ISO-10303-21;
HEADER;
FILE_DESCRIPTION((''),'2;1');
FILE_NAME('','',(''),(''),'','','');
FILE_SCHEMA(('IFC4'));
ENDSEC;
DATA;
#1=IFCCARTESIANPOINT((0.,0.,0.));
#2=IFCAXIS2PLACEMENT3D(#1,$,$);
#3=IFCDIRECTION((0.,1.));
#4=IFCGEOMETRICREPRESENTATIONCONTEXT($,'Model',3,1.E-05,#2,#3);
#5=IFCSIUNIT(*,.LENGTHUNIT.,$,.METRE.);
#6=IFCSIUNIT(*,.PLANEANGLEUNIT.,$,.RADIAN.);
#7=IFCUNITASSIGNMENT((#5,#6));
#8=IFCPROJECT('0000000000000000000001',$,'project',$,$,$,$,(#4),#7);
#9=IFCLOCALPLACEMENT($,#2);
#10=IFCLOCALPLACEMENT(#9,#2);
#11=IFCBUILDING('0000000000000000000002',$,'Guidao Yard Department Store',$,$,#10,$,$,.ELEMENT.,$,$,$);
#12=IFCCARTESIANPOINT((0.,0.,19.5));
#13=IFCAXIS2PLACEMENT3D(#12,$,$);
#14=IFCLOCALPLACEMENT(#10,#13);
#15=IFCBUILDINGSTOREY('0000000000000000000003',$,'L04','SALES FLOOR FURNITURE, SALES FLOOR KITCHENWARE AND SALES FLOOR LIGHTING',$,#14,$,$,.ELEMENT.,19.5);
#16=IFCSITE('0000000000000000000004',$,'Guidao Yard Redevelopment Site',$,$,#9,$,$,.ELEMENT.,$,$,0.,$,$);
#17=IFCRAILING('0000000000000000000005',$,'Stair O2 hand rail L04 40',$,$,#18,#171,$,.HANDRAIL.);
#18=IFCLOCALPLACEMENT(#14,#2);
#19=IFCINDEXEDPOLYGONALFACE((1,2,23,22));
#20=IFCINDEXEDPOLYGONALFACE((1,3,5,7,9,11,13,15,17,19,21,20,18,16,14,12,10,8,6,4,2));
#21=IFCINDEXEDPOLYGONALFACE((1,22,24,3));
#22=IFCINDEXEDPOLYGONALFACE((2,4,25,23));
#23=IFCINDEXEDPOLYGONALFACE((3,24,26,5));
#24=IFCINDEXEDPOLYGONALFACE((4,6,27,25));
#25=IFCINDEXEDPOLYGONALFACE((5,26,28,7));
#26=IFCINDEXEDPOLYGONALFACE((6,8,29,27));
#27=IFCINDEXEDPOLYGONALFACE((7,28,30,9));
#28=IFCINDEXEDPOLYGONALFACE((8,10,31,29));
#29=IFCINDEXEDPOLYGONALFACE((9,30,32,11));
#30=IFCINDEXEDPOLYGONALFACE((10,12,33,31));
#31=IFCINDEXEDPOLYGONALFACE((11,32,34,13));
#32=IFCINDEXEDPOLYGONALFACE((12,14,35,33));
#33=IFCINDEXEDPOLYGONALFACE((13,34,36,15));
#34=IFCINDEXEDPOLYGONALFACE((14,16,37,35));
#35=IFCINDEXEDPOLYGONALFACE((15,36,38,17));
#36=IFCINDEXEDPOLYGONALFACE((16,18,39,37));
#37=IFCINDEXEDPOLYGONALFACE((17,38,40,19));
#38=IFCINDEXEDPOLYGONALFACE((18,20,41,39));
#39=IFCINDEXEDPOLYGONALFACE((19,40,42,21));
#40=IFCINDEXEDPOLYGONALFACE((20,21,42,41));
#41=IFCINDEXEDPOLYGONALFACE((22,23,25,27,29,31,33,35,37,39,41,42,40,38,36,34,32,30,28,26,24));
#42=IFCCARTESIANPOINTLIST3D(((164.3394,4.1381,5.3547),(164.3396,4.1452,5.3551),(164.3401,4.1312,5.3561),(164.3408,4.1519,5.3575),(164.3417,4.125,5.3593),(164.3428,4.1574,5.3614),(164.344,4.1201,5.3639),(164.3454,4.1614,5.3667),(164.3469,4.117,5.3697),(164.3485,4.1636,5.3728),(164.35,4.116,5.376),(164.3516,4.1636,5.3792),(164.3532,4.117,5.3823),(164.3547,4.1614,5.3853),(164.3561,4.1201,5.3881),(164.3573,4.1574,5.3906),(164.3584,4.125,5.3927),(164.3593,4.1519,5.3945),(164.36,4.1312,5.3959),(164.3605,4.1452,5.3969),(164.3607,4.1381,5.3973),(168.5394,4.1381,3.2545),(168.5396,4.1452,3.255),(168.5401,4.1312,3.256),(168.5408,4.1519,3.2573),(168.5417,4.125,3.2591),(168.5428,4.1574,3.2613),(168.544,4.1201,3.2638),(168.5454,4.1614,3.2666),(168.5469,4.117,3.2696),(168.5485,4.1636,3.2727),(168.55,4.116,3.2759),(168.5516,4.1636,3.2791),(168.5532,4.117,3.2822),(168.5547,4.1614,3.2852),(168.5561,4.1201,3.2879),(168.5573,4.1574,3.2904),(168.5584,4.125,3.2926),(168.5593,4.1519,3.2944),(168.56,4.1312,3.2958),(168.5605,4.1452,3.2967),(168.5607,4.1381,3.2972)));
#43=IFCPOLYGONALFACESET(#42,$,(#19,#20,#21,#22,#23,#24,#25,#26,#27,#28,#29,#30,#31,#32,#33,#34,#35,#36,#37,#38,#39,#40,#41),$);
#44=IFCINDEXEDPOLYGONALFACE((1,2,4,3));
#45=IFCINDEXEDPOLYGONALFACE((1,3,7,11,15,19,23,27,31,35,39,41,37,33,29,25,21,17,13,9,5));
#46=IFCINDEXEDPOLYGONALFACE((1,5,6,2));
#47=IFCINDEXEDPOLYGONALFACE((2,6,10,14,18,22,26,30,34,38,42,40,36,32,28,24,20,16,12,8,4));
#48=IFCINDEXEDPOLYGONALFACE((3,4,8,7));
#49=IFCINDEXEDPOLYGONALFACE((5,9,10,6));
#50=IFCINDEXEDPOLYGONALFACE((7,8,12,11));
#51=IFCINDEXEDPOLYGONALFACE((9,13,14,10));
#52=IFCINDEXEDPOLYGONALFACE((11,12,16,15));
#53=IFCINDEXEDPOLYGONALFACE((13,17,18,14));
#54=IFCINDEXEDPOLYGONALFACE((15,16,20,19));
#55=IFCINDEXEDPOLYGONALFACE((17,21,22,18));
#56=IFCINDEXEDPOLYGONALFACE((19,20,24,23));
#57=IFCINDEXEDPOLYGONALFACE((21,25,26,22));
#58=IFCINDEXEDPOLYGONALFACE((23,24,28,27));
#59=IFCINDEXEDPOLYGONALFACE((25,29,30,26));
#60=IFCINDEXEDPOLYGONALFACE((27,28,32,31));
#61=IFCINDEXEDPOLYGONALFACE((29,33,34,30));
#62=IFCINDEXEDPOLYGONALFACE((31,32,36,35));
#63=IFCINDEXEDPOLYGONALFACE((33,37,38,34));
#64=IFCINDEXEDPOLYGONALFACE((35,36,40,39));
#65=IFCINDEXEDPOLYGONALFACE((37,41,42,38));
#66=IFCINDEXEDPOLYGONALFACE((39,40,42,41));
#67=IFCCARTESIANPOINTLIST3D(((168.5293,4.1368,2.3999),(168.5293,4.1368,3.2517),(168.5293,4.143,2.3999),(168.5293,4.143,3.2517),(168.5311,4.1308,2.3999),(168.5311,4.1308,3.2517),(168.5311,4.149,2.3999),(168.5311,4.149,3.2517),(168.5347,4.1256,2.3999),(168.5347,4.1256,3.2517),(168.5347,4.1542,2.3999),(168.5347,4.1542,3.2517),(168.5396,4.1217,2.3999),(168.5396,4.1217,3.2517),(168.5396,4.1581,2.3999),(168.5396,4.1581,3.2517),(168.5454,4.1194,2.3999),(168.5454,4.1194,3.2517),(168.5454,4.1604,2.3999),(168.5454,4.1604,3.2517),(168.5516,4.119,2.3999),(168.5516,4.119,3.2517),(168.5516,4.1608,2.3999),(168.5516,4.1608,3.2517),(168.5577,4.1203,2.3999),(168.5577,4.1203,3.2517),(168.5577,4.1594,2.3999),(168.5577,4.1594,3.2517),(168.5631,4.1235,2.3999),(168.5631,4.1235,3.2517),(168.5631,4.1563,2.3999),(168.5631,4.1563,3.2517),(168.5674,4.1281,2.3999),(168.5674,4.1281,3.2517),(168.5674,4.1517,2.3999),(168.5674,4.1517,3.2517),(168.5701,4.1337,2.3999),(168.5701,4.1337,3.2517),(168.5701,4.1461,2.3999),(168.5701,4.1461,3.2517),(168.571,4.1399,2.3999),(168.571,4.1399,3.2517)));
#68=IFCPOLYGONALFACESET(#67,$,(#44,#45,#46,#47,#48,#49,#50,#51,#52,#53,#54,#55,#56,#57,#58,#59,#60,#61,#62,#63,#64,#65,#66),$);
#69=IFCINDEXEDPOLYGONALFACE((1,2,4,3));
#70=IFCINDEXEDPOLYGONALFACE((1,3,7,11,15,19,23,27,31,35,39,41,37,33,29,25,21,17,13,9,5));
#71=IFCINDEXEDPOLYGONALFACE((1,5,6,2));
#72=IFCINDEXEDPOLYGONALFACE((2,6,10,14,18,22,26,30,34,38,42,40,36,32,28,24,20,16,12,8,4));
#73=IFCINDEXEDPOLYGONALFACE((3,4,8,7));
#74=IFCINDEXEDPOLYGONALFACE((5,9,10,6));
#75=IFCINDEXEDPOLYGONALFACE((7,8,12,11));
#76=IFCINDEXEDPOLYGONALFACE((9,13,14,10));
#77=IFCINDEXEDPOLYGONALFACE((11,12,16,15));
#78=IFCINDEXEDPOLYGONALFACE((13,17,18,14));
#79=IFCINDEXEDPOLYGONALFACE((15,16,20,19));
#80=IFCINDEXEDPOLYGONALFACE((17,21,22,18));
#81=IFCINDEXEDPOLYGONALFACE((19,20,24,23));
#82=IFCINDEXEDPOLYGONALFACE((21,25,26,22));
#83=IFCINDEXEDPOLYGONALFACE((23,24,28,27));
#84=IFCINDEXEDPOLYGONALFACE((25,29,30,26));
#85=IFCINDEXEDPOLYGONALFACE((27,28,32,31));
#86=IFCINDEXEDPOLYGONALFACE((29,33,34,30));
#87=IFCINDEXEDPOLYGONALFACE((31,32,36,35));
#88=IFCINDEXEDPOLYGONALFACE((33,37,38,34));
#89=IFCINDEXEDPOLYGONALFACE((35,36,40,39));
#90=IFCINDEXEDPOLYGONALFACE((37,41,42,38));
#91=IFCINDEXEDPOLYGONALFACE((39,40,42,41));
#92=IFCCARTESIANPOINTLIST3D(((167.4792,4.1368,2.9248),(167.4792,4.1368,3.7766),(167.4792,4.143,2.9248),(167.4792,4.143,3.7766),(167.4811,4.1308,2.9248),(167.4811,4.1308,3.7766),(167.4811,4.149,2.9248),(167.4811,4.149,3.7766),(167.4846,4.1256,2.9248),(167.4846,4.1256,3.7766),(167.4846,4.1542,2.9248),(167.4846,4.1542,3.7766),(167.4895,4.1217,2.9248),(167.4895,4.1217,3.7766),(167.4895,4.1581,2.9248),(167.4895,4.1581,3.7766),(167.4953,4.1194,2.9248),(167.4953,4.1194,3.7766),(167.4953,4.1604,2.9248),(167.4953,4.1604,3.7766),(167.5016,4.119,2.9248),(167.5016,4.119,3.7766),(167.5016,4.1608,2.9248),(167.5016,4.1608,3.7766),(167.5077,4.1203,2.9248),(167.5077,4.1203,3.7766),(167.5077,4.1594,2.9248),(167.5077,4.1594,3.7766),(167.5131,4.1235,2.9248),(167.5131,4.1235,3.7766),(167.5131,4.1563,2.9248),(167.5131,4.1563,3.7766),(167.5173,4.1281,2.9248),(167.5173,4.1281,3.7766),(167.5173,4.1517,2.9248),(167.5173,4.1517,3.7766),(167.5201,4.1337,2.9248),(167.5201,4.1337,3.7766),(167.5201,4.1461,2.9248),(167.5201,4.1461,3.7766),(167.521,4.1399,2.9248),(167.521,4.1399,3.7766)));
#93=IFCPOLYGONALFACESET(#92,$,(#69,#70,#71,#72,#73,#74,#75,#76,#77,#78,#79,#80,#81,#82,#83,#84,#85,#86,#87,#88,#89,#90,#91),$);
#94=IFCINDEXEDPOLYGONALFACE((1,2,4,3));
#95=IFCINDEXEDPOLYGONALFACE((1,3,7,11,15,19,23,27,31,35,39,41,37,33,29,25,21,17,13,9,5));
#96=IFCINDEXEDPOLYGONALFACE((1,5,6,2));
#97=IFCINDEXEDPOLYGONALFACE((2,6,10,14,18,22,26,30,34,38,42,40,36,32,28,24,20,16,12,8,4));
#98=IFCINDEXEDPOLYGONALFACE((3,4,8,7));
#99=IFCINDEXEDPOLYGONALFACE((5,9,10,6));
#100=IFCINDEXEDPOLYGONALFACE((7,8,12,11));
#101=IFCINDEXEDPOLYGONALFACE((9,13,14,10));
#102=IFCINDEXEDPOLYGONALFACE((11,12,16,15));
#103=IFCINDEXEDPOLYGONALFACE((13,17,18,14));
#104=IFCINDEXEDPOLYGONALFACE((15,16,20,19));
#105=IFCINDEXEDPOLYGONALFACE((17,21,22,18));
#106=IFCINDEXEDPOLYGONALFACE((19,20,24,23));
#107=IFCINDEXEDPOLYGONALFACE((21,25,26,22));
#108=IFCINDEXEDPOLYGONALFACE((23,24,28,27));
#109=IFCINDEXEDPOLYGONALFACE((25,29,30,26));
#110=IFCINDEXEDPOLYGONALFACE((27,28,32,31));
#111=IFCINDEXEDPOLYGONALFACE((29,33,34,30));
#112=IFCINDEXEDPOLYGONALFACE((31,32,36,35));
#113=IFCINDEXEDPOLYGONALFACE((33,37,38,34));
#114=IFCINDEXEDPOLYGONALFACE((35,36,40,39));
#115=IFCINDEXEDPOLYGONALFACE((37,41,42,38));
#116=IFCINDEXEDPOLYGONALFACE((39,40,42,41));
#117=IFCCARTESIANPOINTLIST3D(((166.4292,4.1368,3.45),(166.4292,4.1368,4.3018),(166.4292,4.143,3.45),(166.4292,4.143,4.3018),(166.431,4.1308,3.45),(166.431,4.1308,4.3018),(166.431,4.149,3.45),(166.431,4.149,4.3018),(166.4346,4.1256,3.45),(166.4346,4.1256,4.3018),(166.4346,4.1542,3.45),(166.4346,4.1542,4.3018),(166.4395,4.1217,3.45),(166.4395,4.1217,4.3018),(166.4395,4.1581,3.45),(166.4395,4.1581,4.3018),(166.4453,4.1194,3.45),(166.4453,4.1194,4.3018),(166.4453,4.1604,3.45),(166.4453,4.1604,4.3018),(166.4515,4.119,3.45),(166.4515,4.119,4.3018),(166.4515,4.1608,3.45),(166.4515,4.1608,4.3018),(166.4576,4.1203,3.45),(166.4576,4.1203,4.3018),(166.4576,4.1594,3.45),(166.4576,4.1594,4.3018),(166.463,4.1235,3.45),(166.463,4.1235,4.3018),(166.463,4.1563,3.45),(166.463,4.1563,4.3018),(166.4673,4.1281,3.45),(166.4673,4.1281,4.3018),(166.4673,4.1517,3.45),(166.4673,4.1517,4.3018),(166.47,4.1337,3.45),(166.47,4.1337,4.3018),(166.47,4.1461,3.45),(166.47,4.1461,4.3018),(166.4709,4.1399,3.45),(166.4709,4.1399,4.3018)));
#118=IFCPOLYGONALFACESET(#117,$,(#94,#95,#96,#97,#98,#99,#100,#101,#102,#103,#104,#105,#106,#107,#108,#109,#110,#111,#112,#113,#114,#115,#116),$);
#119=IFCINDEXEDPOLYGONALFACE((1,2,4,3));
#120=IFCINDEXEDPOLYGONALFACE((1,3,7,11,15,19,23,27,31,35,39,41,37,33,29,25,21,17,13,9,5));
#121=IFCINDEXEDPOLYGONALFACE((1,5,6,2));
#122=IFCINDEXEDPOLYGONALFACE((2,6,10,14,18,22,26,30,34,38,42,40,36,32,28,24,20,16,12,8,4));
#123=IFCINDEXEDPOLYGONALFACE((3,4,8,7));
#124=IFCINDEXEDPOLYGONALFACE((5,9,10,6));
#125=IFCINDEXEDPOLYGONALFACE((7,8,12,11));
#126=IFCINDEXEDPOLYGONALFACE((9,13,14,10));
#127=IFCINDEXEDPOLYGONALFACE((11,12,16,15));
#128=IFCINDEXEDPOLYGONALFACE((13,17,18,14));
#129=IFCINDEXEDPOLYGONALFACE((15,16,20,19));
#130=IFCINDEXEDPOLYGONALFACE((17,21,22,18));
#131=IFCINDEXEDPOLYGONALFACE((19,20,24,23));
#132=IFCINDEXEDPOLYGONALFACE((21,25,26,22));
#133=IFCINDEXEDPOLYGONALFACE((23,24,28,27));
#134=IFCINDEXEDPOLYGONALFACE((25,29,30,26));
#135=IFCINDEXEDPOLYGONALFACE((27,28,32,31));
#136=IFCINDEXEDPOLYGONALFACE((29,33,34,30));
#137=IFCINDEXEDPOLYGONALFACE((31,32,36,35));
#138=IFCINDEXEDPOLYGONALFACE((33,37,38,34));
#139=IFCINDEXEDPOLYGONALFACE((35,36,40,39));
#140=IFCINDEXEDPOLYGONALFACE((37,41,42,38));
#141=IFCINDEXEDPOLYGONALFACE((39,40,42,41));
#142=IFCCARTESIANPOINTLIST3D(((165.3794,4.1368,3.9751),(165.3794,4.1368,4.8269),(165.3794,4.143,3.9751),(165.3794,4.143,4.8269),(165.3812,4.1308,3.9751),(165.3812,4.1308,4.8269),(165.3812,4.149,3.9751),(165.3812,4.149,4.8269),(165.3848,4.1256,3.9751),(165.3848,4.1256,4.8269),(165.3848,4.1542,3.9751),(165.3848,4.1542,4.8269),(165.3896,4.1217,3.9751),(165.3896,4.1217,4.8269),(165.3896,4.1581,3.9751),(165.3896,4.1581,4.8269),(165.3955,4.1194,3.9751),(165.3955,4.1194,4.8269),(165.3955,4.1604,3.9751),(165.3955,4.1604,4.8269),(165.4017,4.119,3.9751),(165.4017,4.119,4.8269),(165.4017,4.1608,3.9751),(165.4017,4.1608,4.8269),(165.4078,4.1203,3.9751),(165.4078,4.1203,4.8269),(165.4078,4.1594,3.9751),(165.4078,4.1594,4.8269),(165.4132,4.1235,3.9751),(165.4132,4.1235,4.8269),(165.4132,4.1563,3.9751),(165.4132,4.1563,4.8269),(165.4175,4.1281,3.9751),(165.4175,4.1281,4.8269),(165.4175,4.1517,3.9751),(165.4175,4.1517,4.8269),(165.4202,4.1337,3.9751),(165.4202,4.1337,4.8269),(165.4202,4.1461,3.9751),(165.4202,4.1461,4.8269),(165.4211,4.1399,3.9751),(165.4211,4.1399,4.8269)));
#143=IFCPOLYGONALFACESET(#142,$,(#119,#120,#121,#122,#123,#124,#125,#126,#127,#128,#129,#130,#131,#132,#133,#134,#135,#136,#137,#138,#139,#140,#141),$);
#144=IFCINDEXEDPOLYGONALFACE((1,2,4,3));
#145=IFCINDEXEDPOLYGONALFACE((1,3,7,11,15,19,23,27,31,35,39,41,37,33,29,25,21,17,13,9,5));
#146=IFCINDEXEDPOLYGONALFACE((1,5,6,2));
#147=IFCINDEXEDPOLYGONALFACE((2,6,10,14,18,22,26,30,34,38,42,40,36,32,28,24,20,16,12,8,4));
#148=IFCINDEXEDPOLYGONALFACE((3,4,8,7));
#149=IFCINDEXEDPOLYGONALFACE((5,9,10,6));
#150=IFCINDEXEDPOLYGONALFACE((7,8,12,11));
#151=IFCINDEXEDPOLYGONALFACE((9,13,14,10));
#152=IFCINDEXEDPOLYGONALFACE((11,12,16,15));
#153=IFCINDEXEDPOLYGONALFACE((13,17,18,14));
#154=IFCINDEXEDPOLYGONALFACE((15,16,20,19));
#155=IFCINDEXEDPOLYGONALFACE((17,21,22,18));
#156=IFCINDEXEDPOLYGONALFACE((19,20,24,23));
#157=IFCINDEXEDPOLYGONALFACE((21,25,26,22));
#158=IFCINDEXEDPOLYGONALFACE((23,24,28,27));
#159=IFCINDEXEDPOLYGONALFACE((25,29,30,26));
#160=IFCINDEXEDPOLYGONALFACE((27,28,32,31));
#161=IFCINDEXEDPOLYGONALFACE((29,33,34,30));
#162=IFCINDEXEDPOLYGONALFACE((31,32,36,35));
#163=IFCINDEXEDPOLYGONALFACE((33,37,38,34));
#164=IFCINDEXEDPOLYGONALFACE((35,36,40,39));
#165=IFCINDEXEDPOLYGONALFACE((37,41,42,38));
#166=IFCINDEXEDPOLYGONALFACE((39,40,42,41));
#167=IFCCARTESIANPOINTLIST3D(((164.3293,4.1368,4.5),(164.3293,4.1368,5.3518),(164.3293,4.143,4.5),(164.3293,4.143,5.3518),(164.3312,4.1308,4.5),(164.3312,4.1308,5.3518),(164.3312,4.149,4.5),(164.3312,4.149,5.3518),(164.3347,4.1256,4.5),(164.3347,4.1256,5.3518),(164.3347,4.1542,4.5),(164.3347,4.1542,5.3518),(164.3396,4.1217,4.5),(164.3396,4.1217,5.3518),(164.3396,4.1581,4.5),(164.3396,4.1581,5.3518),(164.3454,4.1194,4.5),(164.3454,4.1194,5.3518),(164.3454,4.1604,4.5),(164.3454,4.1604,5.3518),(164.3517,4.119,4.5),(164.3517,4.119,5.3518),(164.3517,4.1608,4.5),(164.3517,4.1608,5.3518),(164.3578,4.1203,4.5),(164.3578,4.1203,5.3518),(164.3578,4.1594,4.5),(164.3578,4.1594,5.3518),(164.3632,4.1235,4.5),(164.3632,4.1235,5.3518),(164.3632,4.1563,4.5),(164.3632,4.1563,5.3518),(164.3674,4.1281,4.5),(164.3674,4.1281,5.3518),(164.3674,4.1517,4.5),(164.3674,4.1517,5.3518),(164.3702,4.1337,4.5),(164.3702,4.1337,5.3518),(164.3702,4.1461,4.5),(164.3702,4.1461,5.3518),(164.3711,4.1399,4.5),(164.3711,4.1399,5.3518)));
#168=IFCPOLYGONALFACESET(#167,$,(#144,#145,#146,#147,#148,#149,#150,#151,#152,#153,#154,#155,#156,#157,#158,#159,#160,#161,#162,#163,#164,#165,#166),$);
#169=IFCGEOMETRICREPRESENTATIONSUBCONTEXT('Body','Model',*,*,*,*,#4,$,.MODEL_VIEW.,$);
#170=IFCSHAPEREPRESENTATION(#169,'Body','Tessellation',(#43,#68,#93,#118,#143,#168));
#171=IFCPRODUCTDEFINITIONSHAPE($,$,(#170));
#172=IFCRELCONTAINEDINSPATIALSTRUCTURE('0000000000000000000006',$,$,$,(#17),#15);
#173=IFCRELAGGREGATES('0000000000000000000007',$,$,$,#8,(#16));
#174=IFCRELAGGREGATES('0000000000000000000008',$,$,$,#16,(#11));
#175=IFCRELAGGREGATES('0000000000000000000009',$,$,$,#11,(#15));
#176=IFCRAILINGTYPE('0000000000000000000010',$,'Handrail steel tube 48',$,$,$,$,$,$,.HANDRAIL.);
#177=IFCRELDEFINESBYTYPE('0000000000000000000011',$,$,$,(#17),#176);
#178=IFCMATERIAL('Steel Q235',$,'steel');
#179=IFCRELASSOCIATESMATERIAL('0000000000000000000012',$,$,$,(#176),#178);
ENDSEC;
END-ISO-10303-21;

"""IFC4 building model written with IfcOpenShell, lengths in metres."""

from ifc_helpers import new_model, si_unit, direction, frame, origin, origin_2d, place, context, subcontext, project, spatial, circle, extrude, material, type_object, element, save


model = new_model("IFC4")

# Units and contexts
model_context = context("Model", 3, precision=1e-05, world=origin(), true_north=direction((0.0, 1.0)))
body_context = subcontext(model_context, "Body", "Model", "MODEL_VIEW")
ifc_project = project(units=[si_unit("LENGTHUNIT", "METRE"), si_unit("PLANEANGLEUNIT", "RADIAN")], contexts=[model_context])

# Site, building, storey
site_placement = place(None, origin())
site = spatial("IfcSite", under=ifc_project, at=site_placement, Name="Guidao Yard Redevelopment Site", CompositionType="ELEMENT", RefElevation=0.0)
building_placement = place(site_placement, origin())
building = spatial("IfcBuilding", under=site, at=building_placement, Name="Guidao Yard Department Store", CompositionType="ELEMENT")
storey_placement = place(building_placement, frame((0.0, 0.0, 19.5)))
storey = spatial("IfcBuildingStorey", under=building, at=storey_placement, Name="L04", Description="SALES FLOOR FURNITURE, SALES FLOOR KITCHENWARE AND SALES FLOOR LIGHTING", CompositionType="ELEMENT", Elevation=19.5)

# Railing
ifc_material_1 = material(Name="Steel Q235", Category="steel")
railing_type_1 = type_object("IfcRailingType", Name="Handrail steel tube 48", PredefinedType="HANDRAIL", material=ifc_material_1)
for number, where, name in (
    (1, (168.55, 4.1399, 2.3999), "Stair O2 hand rail L04 40"),
):
    element("IfcRailing", number, at=place(storey_placement, frame(where)), inside=storey, type_object=railing_type_1, Name=name, PredefinedType="HANDRAIL", context=body_context, shape_type="SweptSolid", body=[
        extrude(circle(Radius=0.0239, at=origin_2d()), frame((0.0, 0.0, 0.876), z_axis=(-0.894417, 0.0, 0.447234), x_axis=(0.0, -1.0, 0.0)), (0.0, 0.0, 1.0), 4.6958),
        extrude(circle(Radius=0.021, at=origin_2d()), origin(), (0.0, 0.0, 1.0), 0.8518),
        extrude(circle(Radius=0.021, at=origin_2d()), frame((-1.05, 0.0, 0.5249)), (0.0, 0.0, 1.0), 0.8518),
        extrude(circle(Radius=0.021, at=origin_2d()), frame((-2.1001, 0.0, 1.05)), (0.0, 0.0, 1.0), 0.8518),
        extrude(circle(Radius=0.021, at=origin_2d()), frame((-3.1499, 0.0, 1.5752)), (0.0, 0.0, 1.0), 0.8518),
        extrude(circle(Radius=0.021, at=origin_2d()), frame((-4.2, 0.0, 2.1001)), (0.0, 0.0, 1.0), 0.8518),
    ])

save(model, "model.ifc")
